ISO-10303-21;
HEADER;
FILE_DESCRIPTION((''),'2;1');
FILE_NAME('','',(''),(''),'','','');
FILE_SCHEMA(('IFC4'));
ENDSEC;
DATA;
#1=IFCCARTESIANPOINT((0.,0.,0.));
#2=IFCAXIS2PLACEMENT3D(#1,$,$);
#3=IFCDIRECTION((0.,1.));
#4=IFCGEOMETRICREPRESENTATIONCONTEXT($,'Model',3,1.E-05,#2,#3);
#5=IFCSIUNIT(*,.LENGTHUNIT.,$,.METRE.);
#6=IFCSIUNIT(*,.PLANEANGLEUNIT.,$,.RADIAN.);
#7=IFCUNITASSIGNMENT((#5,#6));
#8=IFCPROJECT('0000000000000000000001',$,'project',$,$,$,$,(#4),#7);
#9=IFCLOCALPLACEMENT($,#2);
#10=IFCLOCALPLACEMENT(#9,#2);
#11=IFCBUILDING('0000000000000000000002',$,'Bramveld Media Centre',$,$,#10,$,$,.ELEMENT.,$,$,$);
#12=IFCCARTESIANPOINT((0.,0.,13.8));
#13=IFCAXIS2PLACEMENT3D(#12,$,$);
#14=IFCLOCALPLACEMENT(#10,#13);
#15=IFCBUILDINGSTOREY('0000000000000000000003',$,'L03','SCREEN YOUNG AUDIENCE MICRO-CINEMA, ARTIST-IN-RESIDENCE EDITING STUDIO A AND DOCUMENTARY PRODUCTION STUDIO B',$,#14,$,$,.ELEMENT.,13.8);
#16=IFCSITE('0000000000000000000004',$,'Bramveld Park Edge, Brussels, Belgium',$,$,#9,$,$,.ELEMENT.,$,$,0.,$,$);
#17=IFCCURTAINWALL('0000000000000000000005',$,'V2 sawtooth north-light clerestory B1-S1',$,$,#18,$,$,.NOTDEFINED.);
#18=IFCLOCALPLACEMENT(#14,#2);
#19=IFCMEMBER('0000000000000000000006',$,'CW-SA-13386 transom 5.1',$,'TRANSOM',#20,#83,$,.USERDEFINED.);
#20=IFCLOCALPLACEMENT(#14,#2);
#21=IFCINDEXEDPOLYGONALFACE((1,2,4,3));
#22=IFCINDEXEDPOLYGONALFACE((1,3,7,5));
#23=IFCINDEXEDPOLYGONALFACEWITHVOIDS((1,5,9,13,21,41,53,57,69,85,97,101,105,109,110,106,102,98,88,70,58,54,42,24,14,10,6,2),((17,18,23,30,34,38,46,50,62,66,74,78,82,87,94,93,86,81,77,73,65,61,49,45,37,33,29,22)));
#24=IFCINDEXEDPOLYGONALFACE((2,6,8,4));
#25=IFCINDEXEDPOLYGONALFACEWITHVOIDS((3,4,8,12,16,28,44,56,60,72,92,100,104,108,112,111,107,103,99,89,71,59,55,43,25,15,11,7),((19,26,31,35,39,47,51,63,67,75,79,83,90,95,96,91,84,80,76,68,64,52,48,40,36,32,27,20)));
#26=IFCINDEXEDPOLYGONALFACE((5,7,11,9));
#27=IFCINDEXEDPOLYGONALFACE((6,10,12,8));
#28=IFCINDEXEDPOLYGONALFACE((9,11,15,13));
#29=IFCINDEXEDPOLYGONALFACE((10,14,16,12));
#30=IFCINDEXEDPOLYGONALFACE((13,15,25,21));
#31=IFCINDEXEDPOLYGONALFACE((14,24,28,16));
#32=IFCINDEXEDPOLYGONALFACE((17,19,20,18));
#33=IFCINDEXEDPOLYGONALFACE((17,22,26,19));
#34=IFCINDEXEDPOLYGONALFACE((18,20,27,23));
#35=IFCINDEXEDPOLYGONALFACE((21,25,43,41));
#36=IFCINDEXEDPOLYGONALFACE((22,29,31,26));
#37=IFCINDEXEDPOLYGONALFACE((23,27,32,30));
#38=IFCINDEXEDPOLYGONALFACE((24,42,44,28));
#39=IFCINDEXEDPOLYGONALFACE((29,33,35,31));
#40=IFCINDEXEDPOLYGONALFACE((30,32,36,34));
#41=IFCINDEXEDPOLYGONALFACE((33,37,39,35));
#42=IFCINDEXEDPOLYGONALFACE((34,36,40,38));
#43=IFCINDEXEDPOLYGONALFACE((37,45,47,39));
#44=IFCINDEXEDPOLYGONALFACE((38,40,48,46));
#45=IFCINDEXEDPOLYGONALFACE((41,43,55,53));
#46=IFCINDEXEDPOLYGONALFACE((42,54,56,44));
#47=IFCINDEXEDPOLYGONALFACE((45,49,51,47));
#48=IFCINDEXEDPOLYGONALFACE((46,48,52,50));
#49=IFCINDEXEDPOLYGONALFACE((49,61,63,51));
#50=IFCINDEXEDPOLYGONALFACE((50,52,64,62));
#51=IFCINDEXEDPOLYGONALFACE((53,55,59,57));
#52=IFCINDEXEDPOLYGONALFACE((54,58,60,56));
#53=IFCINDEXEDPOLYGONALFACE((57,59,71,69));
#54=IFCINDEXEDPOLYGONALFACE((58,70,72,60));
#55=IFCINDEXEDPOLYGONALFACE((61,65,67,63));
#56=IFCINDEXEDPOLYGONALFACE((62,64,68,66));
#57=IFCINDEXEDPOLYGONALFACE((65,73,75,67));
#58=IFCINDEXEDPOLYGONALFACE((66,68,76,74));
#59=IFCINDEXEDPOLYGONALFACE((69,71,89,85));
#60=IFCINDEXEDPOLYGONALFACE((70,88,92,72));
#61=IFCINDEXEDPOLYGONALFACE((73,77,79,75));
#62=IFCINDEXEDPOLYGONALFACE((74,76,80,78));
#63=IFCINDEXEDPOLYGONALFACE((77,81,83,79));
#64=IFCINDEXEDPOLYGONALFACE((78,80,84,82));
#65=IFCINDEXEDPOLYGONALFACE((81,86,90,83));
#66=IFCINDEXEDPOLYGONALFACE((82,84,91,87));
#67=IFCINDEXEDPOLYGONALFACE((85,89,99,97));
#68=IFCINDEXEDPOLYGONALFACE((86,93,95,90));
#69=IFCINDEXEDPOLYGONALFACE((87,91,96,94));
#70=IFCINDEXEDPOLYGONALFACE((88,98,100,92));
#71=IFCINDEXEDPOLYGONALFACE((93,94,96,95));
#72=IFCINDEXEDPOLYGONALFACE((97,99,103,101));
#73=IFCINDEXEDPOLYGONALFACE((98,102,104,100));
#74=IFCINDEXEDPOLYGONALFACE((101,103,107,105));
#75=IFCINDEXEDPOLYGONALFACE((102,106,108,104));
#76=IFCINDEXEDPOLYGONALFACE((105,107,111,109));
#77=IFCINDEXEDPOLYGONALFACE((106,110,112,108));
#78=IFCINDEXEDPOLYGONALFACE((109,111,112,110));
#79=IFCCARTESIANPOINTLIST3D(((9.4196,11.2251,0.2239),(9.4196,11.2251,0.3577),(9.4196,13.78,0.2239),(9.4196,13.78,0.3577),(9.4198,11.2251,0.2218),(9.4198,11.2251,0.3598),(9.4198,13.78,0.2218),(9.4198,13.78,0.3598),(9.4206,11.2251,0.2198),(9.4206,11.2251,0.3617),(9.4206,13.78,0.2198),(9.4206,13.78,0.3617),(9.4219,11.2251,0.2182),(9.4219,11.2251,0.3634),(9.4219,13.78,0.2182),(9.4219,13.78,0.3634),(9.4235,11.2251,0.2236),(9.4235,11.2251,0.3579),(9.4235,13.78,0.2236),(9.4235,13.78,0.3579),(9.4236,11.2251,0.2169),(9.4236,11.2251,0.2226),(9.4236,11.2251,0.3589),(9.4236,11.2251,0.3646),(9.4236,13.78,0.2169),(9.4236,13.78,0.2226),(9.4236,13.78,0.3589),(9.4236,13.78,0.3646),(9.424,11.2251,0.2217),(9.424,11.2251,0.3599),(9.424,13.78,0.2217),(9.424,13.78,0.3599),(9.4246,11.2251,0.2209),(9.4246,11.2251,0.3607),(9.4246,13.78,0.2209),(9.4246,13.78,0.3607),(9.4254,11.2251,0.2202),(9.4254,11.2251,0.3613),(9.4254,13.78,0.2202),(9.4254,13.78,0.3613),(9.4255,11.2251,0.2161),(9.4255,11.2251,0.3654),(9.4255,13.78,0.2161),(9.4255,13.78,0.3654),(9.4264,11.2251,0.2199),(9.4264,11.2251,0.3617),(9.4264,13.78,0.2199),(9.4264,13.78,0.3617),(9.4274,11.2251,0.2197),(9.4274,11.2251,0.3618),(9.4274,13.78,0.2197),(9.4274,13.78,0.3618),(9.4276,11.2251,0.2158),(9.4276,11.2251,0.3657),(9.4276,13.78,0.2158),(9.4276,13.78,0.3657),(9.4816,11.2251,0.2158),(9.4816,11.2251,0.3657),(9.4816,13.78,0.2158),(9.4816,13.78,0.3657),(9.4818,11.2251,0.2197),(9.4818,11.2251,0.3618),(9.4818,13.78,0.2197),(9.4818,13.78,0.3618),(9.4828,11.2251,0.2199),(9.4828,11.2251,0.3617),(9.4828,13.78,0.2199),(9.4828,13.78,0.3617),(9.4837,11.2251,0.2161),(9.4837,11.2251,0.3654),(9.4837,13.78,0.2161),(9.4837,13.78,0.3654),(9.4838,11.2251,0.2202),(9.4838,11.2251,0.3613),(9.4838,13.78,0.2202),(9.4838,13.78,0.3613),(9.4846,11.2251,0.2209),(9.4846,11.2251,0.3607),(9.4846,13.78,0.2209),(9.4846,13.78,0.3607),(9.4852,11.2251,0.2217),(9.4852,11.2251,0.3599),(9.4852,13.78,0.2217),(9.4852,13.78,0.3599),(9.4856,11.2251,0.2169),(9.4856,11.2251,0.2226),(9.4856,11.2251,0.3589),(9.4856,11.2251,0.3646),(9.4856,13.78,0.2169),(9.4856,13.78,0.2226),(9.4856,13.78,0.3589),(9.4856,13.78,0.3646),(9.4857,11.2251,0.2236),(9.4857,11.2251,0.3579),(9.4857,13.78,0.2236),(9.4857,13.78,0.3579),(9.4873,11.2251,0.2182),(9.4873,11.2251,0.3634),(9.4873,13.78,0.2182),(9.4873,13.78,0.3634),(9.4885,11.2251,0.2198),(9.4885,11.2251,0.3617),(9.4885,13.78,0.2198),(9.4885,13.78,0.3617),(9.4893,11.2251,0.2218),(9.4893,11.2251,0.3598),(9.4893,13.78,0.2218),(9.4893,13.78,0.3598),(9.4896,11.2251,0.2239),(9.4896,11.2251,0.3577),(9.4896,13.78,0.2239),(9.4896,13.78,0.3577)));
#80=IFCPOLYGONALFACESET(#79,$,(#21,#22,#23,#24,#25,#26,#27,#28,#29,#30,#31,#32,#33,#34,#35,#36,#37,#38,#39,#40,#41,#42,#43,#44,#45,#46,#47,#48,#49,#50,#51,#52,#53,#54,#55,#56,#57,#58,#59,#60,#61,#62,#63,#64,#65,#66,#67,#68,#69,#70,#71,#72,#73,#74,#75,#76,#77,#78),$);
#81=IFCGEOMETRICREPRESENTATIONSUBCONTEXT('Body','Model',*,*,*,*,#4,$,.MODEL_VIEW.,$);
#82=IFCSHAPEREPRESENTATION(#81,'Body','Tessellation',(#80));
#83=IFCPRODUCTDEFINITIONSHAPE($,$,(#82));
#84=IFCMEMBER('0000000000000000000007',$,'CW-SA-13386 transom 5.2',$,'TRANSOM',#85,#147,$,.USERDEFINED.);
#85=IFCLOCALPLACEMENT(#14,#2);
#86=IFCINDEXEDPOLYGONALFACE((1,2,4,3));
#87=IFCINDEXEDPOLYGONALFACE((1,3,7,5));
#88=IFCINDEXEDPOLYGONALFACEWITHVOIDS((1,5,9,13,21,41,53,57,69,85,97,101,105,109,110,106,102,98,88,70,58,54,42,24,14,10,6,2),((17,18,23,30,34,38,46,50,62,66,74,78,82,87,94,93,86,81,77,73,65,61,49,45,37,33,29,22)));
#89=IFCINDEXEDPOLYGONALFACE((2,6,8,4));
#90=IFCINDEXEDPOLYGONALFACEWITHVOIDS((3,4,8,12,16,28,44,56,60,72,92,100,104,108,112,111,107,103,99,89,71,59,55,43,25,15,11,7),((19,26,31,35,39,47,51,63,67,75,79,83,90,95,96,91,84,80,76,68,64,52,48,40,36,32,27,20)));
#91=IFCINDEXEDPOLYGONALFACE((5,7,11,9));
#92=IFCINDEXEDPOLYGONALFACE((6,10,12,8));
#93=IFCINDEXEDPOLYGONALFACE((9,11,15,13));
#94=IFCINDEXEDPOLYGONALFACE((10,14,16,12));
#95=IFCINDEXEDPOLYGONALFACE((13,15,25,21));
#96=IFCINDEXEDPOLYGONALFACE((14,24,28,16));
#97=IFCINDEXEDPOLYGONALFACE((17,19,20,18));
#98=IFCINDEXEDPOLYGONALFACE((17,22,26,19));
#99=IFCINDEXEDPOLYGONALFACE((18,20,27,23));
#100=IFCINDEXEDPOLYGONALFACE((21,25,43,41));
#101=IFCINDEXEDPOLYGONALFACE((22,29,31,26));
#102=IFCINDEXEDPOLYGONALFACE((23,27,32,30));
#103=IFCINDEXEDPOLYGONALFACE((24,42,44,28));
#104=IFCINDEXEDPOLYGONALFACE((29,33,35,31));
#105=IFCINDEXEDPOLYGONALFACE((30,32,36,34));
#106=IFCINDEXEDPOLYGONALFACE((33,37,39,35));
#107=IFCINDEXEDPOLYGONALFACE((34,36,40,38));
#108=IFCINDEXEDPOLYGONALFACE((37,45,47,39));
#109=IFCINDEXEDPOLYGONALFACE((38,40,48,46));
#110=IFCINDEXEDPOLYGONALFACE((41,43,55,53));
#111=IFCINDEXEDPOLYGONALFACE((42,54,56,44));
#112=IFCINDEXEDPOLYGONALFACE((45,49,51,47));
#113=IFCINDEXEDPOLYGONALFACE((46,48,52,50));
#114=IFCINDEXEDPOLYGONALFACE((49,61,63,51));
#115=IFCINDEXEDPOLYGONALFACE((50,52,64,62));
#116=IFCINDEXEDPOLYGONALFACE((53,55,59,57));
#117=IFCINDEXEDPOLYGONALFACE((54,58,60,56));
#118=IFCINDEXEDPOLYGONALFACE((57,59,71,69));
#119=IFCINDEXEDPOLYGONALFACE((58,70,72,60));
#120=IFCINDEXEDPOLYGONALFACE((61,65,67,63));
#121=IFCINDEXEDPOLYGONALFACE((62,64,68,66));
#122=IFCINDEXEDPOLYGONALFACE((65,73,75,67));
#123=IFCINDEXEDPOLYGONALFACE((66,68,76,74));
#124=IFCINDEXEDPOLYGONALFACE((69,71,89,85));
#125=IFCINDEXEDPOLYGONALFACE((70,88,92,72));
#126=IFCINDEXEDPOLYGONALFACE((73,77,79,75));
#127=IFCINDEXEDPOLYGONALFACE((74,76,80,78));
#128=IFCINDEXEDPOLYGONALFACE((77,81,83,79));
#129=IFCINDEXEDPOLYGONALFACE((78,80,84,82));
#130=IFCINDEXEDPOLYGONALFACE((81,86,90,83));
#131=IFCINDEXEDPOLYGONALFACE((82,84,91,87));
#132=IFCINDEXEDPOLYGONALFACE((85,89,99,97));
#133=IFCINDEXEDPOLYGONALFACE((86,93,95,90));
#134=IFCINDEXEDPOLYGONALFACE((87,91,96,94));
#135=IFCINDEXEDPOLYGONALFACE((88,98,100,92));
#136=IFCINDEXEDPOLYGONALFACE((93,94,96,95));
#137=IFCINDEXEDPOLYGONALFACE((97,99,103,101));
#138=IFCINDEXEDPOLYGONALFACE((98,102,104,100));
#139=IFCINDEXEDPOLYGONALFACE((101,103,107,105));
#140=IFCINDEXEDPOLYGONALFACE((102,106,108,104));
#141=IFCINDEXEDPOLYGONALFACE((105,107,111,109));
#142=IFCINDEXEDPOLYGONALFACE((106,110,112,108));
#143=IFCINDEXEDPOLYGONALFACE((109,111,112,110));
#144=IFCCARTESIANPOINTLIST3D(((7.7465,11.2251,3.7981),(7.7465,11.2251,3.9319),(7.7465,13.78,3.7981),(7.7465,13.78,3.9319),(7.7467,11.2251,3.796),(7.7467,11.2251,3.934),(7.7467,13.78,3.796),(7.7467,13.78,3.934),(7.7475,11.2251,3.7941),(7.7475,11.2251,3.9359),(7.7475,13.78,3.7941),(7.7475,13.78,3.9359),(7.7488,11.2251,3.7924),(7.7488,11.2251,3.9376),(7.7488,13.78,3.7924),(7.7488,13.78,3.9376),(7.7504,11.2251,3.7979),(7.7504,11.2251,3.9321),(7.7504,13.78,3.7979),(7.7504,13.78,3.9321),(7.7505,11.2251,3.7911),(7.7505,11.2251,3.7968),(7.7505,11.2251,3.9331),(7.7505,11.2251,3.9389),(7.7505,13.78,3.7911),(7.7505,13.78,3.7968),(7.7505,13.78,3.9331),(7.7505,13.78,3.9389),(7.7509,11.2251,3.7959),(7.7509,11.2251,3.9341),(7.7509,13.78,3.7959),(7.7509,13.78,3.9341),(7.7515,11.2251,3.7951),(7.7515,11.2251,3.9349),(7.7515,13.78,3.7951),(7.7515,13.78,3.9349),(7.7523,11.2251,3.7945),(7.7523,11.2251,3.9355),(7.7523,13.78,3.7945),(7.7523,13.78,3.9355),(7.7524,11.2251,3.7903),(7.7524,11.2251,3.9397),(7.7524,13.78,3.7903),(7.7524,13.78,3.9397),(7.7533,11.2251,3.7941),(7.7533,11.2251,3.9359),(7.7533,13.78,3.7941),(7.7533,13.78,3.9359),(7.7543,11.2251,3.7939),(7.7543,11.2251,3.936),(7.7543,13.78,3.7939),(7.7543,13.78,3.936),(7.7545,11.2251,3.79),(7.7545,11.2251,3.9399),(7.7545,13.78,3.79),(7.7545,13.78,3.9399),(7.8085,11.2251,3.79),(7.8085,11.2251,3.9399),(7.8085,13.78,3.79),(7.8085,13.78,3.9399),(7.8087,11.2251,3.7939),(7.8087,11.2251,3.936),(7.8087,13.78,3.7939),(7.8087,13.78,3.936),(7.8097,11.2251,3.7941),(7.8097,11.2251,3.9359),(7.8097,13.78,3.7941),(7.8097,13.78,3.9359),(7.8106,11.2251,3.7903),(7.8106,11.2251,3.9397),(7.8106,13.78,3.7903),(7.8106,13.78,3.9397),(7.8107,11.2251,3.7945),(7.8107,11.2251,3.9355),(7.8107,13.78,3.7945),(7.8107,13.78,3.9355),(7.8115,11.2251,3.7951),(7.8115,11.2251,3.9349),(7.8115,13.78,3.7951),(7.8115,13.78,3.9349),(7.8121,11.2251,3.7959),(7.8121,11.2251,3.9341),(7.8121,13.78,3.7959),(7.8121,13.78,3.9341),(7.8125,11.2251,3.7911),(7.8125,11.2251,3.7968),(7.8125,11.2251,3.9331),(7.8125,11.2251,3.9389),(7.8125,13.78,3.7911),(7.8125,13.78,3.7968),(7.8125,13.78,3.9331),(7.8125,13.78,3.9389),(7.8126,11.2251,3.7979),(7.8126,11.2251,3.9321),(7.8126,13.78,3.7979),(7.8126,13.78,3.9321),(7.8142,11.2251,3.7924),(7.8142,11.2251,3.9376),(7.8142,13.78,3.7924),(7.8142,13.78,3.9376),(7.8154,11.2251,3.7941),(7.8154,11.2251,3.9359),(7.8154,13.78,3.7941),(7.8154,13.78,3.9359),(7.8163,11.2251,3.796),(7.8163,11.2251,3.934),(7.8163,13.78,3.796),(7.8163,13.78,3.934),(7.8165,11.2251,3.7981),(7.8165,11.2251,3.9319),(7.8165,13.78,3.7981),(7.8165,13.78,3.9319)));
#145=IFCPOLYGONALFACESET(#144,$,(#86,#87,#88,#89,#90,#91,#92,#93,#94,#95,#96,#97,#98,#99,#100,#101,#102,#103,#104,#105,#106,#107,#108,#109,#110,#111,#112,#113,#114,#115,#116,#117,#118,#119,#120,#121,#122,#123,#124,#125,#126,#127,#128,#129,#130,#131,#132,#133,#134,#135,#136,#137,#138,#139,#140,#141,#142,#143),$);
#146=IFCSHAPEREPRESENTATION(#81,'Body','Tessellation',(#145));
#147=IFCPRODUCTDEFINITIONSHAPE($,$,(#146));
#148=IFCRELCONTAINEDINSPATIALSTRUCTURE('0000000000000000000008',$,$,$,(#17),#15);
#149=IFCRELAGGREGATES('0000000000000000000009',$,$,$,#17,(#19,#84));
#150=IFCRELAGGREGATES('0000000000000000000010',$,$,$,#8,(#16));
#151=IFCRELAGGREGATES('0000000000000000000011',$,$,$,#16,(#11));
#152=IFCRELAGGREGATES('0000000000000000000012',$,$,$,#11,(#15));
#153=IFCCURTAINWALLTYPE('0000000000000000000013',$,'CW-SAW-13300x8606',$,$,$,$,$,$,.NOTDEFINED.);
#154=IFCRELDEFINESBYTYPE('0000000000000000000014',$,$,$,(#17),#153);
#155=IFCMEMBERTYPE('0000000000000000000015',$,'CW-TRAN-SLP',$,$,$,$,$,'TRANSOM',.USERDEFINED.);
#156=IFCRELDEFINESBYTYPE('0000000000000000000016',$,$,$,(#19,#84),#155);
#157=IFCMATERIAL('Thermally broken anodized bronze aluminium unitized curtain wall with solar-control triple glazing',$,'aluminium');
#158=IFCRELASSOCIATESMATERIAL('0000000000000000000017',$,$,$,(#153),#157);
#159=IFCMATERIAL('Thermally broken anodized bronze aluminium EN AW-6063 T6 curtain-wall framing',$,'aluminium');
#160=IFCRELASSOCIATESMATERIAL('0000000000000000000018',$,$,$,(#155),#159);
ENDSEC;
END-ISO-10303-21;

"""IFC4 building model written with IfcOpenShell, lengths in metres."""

from ifc_helpers import new_model, si_unit, direction, frame, origin, origin_2d, place, context, subcontext, project, spatial, hollow_rectangle, extrude, material, material_profile, profile_set, type_object, element, aggregate, save


model = new_model("IFC4")

# Units and contexts
model_context = context("Model", 3, precision=1e-05, world=origin(), true_north=direction((0.0, 1.0)))
body_context = subcontext(model_context, "Body", "Model", "MODEL_VIEW")
ifc_project = project(units=[si_unit("LENGTHUNIT", "METRE"), si_unit("PLANEANGLEUNIT", "RADIAN")], contexts=[model_context])

# Site, building, storey
site_placement = place(None, origin())
site = spatial("IfcSite", under=ifc_project, at=site_placement, Name="Bramveld Park Edge, Brussels, Belgium", CompositionType="ELEMENT", RefElevation=0.0)
building_placement = place(site_placement, origin())
building = spatial("IfcBuilding", under=site, at=building_placement, Name="Bramveld Media Centre", CompositionType="ELEMENT")
storey_placement = place(building_placement, frame((0.0, 0.0, 13.8)))
storey = spatial("IfcBuildingStorey", under=building, at=storey_placement, Name="L03", Description="SCREEN YOUNG AUDIENCE MICRO-CINEMA, ARTIST-IN-RESIDENCE EDITING STUDIO A AND DOCUMENTARY PRODUCTION STUDIO B", CompositionType="ELEMENT", Elevation=13.8)

# Curtain wall, members
ifc_material_1 = material(Name="Thermally broken anodized bronze aluminium unitized curtain wall with solar-control triple glazing", Category="aluminium")
curtain_wall_type = type_object("IfcCurtainWallType", Name="CW-SAW-13300x8606", PredefinedType="NOTDEFINED", material=ifc_material_1)
curtain_wall_1_placement = place(storey_placement, origin())
curtain_wall_1 = element("IfcCurtainWall", 1, at=curtain_wall_1_placement, inside=storey, type_object=curtain_wall_type, Name="V2 sawtooth north-light clerestory B1-S1", PredefinedType="NOTDEFINED")
ifc_material_2 = material(Name="Thermally broken anodized bronze aluminium EN AW-6063 T6 curtain-wall framing", Category="aluminium")
ifc_material_profile_1 = material_profile(ifc_material_2, hollow_rectangle(XDim=0.0701, YDim=0.1499, WallThickness=0.0039, InnerFilletRadius=0.0039, OuterFilletRadius=0.0081, at=origin_2d()), Name="AL-TRAN 70x150")
ifc_profile_set_1 = profile_set([ifc_material_profile_1], Name="Thermally broken anodized bronze aluminium EN AW-6063 T6 curtain-wall framing")
member_type_1 = type_object("IfcMemberType", Name="CW-TRAN-SLP", ElementType="TRANSOM", PredefinedType="USERDEFINED", material=ifc_profile_set_1)
member_1_placement = place(storey_placement, frame((9.4546, 11.2251, 0.2908), z_axis=(0.0, 1.0, 0.0), x_axis=(-1.0, 0.0, 0.0)))
member_1 = element("IfcMember", 2, at=member_1_placement, type_object=member_type_1, Name="CW-SA-13386 transom 5.1", ObjectType="TRANSOM", PredefinedType="USERDEFINED", context=body_context, shape_type="SweptSolid", body=[
    extrude(hollow_rectangle(XDim=0.0701, YDim=0.1499, WallThickness=0.0039, InnerFilletRadius=0.0039, OuterFilletRadius=0.0081, at=origin_2d()), origin(), (0.0, 0.0, 1.0), 2.5549),
])
member_2_placement = place(storey_placement, frame((7.7815, 11.2251, 3.865), z_axis=(0.0, 1.0, 0.0), x_axis=(-1.0, 0.0, 0.0)))
member_2 = element("IfcMember", 3, at=member_2_placement, type_object=member_type_1, Name="CW-SA-13386 transom 5.2", ObjectType="TRANSOM", PredefinedType="USERDEFINED", context=body_context, shape_type="SweptSolid", body=[
    extrude(hollow_rectangle(XDim=0.0701, YDim=0.1499, WallThickness=0.0039, InnerFilletRadius=0.0039, OuterFilletRadius=0.0081, at=origin_2d()), origin(), (0.0, 0.0, 1.0), 2.5549),
])

aggregate(curtain_wall_1, [member_1, member_2])

save(model, "model.ifc")
